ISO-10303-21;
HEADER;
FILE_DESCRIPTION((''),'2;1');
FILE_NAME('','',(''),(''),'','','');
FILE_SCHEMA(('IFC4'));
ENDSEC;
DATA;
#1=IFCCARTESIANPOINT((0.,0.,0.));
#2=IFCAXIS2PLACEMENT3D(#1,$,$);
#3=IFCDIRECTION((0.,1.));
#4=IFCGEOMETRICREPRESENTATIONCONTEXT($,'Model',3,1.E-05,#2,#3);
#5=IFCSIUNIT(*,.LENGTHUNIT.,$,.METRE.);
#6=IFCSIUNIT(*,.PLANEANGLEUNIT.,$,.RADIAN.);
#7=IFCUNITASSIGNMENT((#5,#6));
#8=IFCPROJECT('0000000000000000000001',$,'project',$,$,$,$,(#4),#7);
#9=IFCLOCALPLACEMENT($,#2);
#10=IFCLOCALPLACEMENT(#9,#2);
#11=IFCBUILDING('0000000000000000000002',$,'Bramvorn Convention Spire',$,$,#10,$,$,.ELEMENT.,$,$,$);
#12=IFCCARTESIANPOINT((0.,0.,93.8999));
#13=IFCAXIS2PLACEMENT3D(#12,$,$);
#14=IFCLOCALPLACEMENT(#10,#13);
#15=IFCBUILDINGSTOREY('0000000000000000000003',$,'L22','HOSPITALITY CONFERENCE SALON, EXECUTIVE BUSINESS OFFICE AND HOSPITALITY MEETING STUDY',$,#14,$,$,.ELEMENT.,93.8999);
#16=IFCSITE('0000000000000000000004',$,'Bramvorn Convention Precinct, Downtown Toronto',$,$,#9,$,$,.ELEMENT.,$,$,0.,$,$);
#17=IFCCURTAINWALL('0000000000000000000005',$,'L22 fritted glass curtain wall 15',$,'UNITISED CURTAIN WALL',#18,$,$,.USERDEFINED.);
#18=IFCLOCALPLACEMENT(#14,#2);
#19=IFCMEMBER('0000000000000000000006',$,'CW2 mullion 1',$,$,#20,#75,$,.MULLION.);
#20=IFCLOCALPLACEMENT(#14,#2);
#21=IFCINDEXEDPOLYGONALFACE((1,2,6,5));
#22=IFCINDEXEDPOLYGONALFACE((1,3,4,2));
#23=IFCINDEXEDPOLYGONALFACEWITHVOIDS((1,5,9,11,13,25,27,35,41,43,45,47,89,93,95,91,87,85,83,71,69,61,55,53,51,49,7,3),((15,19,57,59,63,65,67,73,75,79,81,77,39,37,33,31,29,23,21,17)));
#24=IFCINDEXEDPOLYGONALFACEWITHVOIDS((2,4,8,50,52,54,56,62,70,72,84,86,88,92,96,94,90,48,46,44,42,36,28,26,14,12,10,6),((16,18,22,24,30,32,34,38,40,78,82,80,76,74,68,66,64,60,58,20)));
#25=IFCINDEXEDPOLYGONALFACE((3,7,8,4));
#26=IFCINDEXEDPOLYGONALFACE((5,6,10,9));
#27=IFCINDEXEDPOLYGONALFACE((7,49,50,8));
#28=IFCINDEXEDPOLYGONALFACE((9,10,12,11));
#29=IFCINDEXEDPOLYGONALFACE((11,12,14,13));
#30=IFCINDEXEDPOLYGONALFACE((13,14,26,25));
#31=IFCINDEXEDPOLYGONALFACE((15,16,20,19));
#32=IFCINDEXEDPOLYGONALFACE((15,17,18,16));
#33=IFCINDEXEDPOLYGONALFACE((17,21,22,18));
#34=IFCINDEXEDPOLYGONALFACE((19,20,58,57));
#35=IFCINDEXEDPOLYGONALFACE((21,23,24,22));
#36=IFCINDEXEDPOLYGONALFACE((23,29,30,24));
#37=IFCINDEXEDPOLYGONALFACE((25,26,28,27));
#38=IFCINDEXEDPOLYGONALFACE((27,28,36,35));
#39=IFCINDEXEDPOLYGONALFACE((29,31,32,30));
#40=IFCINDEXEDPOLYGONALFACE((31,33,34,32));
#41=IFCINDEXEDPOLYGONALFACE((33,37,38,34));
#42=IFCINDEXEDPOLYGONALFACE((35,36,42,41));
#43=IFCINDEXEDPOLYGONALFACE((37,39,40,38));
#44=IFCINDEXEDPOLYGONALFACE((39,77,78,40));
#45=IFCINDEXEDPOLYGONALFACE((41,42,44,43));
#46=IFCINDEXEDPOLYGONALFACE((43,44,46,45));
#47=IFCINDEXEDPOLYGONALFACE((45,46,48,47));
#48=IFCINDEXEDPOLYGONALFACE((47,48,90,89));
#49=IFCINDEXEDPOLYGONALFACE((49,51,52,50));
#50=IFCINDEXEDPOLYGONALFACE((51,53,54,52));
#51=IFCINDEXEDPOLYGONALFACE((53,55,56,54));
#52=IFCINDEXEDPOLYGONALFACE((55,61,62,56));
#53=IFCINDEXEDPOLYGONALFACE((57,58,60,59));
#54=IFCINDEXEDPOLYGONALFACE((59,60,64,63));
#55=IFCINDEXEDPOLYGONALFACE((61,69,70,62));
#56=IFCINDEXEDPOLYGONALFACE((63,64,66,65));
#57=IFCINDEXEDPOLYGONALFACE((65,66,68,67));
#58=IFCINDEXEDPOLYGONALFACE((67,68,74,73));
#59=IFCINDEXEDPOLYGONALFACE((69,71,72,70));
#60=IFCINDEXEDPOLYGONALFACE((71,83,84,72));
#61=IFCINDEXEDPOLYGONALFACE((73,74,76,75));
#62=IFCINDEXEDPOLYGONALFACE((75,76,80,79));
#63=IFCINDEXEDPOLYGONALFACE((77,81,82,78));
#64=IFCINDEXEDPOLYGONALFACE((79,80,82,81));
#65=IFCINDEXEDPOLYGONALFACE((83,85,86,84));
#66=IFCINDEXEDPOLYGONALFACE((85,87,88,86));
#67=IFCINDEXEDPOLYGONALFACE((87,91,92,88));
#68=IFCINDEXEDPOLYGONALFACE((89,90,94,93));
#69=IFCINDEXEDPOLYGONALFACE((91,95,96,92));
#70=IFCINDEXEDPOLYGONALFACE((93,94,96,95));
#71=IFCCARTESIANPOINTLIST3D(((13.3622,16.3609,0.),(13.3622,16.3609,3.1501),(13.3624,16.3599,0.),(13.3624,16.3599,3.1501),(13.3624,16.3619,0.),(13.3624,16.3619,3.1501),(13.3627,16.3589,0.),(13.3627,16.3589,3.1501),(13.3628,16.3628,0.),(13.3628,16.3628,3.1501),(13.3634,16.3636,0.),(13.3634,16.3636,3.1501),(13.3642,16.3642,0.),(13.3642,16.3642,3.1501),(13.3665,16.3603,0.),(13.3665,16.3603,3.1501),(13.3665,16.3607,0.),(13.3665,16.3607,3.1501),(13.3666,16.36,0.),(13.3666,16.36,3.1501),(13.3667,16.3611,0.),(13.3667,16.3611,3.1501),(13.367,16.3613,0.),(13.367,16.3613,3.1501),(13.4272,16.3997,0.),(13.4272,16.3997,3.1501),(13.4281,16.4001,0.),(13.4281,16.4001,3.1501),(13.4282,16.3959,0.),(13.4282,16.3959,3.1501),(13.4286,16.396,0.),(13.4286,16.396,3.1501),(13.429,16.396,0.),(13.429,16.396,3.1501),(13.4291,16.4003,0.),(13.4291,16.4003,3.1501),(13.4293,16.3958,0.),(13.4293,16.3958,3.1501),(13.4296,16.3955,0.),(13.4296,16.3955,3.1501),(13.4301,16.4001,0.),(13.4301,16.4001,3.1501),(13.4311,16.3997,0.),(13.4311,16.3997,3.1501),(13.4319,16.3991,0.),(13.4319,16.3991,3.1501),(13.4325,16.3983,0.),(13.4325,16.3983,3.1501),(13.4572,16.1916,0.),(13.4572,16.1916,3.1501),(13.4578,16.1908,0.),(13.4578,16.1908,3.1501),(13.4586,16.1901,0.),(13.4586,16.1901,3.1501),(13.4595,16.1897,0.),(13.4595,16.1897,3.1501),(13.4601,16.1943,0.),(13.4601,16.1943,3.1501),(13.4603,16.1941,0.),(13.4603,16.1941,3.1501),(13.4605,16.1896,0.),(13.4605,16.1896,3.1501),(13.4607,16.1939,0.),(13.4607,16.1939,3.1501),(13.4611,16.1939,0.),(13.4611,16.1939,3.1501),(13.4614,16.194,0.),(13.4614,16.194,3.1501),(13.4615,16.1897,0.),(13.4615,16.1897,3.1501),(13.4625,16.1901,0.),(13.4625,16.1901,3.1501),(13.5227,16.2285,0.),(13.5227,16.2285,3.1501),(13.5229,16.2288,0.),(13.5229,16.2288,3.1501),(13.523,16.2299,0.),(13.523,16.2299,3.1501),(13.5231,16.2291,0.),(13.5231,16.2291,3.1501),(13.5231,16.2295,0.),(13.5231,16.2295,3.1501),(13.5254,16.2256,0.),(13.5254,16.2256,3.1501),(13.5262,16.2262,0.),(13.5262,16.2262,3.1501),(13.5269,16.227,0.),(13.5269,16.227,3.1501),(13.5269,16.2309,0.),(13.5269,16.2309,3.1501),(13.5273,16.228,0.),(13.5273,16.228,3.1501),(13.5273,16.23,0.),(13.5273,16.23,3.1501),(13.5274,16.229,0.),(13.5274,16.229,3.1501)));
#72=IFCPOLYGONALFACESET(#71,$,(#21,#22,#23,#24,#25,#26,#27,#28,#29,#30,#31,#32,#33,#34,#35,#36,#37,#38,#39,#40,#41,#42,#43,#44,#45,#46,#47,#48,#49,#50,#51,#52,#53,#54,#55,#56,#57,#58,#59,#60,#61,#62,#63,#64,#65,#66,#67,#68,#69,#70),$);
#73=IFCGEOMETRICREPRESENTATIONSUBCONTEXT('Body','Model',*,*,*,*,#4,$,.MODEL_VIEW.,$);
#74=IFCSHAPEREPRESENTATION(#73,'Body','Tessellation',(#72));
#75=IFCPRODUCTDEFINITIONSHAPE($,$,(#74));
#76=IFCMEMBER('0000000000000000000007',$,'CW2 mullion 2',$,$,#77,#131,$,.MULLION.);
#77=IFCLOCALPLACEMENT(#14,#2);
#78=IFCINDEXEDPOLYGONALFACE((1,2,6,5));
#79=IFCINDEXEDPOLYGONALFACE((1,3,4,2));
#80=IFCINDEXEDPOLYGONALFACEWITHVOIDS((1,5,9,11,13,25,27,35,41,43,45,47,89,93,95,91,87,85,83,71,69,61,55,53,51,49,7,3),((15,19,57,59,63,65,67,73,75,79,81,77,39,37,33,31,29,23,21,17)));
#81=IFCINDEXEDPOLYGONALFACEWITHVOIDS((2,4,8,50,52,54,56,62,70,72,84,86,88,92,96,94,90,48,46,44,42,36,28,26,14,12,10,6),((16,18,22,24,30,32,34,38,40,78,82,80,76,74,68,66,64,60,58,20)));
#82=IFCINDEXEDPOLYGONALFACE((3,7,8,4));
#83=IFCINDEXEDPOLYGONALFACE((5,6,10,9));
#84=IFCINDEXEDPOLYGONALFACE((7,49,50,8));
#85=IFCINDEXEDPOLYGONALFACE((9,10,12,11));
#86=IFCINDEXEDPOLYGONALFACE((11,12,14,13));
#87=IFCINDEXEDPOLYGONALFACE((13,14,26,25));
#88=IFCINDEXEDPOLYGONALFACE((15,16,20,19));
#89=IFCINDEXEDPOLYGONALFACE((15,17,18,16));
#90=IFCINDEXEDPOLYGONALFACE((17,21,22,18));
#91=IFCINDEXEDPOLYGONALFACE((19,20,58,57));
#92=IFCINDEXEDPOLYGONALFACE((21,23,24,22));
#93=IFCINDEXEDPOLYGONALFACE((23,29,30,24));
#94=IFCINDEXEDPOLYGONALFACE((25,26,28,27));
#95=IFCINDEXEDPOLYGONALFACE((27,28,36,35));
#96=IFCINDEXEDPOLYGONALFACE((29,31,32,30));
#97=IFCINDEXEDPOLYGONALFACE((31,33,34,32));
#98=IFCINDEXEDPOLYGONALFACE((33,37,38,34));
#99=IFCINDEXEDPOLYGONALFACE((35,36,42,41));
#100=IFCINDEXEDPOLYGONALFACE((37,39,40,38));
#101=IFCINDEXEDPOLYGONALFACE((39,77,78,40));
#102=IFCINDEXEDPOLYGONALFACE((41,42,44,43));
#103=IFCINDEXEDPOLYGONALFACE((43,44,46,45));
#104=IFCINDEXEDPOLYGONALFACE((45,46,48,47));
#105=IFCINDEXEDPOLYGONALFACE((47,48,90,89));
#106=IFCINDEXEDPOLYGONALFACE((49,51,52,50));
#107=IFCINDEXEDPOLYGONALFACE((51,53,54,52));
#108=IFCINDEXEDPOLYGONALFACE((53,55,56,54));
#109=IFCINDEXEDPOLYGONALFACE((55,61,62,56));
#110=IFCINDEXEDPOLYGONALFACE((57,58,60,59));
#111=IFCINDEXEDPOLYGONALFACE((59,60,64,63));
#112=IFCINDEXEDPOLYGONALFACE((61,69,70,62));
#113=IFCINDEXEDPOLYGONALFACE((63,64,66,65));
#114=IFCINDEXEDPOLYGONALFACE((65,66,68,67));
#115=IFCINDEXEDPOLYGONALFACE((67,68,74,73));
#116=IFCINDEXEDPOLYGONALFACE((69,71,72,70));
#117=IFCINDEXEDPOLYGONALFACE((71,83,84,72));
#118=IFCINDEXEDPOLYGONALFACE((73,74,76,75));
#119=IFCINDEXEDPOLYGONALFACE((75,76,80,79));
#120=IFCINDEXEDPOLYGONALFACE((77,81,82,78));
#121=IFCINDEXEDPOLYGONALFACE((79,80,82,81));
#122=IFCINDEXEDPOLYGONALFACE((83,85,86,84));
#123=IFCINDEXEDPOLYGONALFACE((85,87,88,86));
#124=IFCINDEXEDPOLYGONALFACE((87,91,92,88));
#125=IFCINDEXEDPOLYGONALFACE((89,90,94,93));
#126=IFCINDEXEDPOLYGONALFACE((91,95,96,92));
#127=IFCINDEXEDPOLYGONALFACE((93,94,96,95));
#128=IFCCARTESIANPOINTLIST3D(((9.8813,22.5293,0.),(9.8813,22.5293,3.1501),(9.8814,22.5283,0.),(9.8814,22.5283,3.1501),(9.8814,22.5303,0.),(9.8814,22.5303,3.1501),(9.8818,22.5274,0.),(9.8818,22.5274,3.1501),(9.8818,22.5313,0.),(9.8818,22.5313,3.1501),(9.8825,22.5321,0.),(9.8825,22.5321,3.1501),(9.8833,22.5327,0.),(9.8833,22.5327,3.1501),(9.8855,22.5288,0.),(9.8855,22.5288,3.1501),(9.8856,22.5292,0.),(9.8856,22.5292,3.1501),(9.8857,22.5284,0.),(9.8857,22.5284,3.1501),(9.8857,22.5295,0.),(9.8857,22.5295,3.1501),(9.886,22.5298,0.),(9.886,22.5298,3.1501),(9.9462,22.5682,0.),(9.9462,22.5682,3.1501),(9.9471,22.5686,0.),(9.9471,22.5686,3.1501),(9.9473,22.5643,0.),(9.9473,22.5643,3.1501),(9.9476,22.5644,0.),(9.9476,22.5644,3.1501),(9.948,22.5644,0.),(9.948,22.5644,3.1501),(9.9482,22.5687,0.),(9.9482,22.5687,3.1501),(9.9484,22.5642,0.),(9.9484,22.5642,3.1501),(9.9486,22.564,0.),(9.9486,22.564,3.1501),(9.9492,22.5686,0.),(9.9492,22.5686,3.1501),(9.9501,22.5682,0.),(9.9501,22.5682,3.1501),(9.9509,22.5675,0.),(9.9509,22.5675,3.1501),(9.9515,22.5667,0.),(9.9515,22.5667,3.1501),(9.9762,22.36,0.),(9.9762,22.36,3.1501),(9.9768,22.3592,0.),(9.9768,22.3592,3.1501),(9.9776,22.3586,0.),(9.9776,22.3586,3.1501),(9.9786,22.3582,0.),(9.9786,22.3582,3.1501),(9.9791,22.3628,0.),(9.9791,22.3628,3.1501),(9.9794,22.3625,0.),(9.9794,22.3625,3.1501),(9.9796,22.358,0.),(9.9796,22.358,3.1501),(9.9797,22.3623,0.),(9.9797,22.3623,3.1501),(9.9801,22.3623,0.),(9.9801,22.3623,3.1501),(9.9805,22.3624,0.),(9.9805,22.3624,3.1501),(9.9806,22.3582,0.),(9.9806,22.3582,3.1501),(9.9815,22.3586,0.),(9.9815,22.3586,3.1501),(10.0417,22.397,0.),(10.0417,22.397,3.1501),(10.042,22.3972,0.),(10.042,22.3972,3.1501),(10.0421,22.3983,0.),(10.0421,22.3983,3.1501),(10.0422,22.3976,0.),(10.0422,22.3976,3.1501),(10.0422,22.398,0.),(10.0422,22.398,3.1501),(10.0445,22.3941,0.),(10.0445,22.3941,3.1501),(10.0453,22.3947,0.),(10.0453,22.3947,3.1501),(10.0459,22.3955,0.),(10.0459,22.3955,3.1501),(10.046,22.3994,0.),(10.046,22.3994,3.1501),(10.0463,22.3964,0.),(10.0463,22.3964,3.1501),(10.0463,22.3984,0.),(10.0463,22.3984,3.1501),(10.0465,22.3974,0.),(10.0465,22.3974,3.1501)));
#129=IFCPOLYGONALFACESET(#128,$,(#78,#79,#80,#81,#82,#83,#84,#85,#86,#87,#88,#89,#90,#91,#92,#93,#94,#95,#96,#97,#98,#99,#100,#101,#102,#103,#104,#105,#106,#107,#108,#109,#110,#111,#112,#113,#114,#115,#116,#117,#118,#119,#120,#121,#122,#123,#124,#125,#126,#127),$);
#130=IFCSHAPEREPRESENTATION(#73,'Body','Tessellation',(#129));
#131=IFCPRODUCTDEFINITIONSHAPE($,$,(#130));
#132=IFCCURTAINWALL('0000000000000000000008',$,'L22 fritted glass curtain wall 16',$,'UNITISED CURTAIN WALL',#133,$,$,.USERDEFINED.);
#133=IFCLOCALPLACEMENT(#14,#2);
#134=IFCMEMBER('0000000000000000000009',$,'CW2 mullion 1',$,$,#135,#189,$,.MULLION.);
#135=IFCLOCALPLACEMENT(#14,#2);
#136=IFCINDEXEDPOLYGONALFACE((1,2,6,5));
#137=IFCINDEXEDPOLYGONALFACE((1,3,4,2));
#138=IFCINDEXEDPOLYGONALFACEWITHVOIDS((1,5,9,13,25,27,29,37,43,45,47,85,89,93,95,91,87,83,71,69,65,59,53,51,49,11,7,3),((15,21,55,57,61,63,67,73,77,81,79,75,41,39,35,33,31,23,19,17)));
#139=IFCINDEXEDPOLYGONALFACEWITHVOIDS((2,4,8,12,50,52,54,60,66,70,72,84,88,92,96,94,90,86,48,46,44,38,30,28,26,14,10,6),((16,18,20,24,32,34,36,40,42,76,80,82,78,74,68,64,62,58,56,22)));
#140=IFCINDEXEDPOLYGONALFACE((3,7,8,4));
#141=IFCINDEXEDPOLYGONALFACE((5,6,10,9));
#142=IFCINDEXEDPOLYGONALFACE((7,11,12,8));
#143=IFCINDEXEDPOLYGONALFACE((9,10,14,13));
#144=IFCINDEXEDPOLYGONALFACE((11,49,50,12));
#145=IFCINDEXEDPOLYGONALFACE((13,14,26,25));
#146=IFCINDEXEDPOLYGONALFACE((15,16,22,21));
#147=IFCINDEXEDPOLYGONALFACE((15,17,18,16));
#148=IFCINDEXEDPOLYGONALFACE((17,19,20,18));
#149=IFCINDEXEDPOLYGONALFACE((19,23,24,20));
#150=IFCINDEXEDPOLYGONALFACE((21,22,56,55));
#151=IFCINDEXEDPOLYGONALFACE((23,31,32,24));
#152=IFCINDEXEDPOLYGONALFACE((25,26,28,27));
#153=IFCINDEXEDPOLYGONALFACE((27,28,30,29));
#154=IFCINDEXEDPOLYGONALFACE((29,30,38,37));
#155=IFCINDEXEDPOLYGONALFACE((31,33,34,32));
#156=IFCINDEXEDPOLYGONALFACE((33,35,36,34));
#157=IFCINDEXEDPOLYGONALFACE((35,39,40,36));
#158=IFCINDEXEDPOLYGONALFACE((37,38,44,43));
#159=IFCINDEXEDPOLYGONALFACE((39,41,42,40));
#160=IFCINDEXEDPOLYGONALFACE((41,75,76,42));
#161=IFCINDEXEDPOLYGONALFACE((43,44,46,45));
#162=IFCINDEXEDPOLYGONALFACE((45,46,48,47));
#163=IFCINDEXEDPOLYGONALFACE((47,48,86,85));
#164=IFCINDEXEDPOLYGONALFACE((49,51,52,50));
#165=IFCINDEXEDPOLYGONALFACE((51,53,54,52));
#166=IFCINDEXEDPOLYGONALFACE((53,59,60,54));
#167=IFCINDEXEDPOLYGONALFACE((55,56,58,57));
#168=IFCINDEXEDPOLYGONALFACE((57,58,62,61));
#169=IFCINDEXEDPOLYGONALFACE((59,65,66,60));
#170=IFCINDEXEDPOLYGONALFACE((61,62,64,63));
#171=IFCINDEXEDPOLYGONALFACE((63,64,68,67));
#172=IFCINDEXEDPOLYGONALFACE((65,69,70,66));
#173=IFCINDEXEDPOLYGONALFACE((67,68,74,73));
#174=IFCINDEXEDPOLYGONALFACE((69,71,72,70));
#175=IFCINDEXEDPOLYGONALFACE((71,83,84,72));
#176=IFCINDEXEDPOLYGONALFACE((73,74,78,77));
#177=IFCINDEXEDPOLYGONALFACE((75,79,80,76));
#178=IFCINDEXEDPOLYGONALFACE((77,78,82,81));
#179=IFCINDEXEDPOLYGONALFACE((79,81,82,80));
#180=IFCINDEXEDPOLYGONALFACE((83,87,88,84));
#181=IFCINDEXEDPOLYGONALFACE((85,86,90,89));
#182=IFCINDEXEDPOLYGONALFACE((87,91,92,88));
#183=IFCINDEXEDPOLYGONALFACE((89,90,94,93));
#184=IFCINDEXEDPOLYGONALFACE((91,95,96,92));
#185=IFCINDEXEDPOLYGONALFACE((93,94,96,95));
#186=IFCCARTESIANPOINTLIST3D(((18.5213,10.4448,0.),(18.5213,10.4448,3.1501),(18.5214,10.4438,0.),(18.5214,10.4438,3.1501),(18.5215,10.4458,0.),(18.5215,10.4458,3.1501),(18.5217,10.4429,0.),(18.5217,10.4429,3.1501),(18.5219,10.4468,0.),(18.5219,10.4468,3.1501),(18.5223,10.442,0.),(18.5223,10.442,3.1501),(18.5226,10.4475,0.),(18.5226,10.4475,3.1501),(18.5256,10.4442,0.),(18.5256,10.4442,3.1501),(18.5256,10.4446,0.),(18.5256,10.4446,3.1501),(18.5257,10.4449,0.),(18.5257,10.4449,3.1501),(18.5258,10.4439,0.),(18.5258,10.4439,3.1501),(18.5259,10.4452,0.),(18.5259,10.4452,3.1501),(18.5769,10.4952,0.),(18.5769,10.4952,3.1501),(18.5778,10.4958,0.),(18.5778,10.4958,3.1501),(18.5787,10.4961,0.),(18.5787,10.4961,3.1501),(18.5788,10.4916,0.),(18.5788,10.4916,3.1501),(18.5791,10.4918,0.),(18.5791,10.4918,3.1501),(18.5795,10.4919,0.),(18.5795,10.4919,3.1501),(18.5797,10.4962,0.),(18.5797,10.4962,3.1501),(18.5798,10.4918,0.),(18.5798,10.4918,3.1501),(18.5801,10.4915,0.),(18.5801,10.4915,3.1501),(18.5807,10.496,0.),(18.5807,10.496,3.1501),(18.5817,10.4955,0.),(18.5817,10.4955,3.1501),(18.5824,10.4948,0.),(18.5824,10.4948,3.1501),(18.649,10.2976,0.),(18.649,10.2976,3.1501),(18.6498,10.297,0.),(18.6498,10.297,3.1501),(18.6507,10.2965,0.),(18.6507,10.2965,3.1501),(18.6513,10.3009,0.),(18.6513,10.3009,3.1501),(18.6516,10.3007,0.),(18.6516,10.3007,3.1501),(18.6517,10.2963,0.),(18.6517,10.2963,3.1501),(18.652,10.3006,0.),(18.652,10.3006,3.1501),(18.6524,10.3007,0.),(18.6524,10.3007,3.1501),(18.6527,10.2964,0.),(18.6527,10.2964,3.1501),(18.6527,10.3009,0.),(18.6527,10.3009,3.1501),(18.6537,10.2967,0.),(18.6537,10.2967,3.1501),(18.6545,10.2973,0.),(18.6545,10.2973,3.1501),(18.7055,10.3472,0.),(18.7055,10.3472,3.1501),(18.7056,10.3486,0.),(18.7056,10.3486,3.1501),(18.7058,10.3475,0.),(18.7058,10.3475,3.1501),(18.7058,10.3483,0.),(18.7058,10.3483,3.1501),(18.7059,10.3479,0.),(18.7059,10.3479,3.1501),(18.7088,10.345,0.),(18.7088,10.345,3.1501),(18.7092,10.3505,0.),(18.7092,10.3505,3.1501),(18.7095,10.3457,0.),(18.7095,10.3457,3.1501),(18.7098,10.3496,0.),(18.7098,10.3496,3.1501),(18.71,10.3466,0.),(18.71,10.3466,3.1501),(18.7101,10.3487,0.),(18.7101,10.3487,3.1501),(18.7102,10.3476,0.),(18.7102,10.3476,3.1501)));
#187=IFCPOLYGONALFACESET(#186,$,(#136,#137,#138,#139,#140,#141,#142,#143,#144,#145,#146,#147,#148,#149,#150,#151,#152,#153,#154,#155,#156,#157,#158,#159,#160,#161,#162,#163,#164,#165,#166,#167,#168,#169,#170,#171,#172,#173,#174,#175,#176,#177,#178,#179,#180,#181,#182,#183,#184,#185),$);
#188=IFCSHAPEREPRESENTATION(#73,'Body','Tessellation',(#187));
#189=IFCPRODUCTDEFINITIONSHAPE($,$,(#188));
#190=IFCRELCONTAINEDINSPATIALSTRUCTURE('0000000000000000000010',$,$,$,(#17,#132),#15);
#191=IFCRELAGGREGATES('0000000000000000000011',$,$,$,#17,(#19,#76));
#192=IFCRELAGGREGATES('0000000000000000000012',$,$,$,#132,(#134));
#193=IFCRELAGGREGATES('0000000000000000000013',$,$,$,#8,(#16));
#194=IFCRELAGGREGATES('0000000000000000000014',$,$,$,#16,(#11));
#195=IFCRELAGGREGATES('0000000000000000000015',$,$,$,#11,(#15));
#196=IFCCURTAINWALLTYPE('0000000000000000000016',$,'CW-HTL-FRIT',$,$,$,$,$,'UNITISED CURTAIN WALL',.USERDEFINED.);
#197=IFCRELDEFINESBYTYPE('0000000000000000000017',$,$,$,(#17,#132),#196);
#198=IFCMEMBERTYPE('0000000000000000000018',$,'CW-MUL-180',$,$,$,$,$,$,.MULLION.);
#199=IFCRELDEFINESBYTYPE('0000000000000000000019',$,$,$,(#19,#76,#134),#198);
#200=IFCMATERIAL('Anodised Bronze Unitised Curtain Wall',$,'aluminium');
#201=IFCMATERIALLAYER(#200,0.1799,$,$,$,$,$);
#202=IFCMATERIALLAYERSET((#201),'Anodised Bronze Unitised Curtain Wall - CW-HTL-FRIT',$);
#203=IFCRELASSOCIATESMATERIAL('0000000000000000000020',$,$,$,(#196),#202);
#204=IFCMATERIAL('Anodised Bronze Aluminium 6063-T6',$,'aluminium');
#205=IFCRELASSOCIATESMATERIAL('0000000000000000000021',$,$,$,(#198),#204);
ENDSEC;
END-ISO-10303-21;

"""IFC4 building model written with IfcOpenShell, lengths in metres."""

from ifc_helpers import new_model, si_unit, direction, frame, origin, origin_2d, place, context, subcontext, project, spatial, hollow_rectangle, extrude, material, layer, layer_set, material_profile, profile_set, type_object, element, aggregate, save


model = new_model("IFC4")

# Units and contexts
model_context = context("Model", 3, precision=1e-05, world=origin(), true_north=direction((0.0, 1.0)))
body_context = subcontext(model_context, "Body", "Model", "MODEL_VIEW")
ifc_project = project(units=[si_unit("LENGTHUNIT", "METRE"), si_unit("PLANEANGLEUNIT", "RADIAN")], contexts=[model_context])

# Site, building, storey
site_placement = place(None, origin())
site = spatial("IfcSite", under=ifc_project, at=site_placement, Name="Bramvorn Convention Precinct, Downtown Toronto", CompositionType="ELEMENT", RefElevation=0.0)
building_placement = place(site_placement, origin())
building = spatial("IfcBuilding", under=site, at=building_placement, Name="Bramvorn Convention Spire", CompositionType="ELEMENT")
storey_placement = place(building_placement, frame((0.0, 0.0, 93.8999)))
storey = spatial("IfcBuildingStorey", under=building, at=storey_placement, Name="L22", Description="HOSPITALITY CONFERENCE SALON, EXECUTIVE BUSINESS OFFICE AND HOSPITALITY MEETING STUDY", CompositionType="ELEMENT", Elevation=93.8999)

# Curtain walls, members
ifc_material_1 = material(Name="Anodised Bronze Unitised Curtain Wall", Category="aluminium")
ifc_layer_1 = layer(ifc_material_1, 0.1799)
ifc_layer_set_1 = layer_set([ifc_layer_1], Name="Anodised Bronze Unitised Curtain Wall - CW-HTL-FRIT")
curtain_wall_type = type_object("IfcCurtainWallType", Name="CW-HTL-FRIT", ElementType="UNITISED CURTAIN WALL", PredefinedType="USERDEFINED", material=ifc_layer_set_1)
curtain_wall_1_placement = place(storey_placement, origin())
curtain_wall_1 = element("IfcCurtainWall", 1, at=curtain_wall_1_placement, inside=storey, type_object=curtain_wall_type, Name="L22 fritted glass curtain wall 15", ObjectType="UNITISED CURTAIN WALL", PredefinedType="USERDEFINED")
ifc_material_2 = material(Name="Anodised Bronze Aluminium 6063-T6", Category="aluminium")
ifc_material_profile_1 = material_profile(ifc_material_2, hollow_rectangle(XDim=0.0801, YDim=0.2, WallThickness=0.0039, InnerFilletRadius=0.001, OuterFilletRadius=0.0039, at=origin_2d()))
ifc_profile_set_1 = profile_set([ifc_material_profile_1], Name="Anodised Bronze Aluminium 6063-T6 - CWM80X200")
member_type_1 = type_object("IfcMemberType", Name="CW-MUL-180", PredefinedType="MULLION", material=ifc_profile_set_1)
member_1_placement = place(storey_placement, frame((13.4448, 16.2949, 0.0), z_axis=(0.0, 0.0, 1.0), x_axis=(-0.870901, -0.491458, 0.0)))
member_1 = element("IfcMember", 2, at=member_1_placement, type_object=member_type_1, Name="CW2 mullion 1", PredefinedType="MULLION", context=body_context, shape_type="SweptSolid", body=[
    extrude(hollow_rectangle(XDim=0.0801, YDim=0.2, WallThickness=0.0039, InnerFilletRadius=0.001, OuterFilletRadius=0.0039, at=origin_2d()), origin(), (0.0, 0.0, 1.0), 3.1501),
])
member_2_placement = place(storey_placement, frame((9.9639, 22.4634, 0.0), z_axis=(0.0, 0.0, 1.0), x_axis=(-0.870901, -0.491458, 0.0)))
member_2 = element("IfcMember", 3, at=member_2_placement, type_object=member_type_1, Name="CW2 mullion 2", PredefinedType="MULLION", context=body_context, shape_type="SweptSolid", body=[
    extrude(hollow_rectangle(XDim=0.0801, YDim=0.2, WallThickness=0.0039, InnerFilletRadius=0.001, OuterFilletRadius=0.0039, at=origin_2d()), origin(), (0.0, 0.0, 1.0), 3.1501),
])
curtain_wall_2_placement = place(storey_placement, origin())
curtain_wall_2 = element("IfcCurtainWall", 4, at=curtain_wall_2_placement, inside=storey, type_object=curtain_wall_type, Name="L22 fritted glass curtain wall 16", ObjectType="UNITISED CURTAIN WALL", PredefinedType="USERDEFINED")
member_3_placement = place(storey_placement, frame((18.6157, 10.3962, 0.0), z_axis=(0.0, 0.0, 1.0), x_axis=(-0.751458, -0.659781, 0.0)))
member_3 = element("IfcMember", 5, at=member_3_placement, type_object=member_type_1, Name="CW2 mullion 1", PredefinedType="MULLION", context=body_context, shape_type="SweptSolid", body=[
    extrude(hollow_rectangle(XDim=0.0801, YDim=0.2, WallThickness=0.0039, InnerFilletRadius=0.001, OuterFilletRadius=0.0039, at=origin_2d()), origin(), (0.0, 0.0, 1.0), 3.1501),
])

aggregate(curtain_wall_1, [member_1, member_2])
aggregate(curtain_wall_2, [member_3])

save(model, "model.ifc")
